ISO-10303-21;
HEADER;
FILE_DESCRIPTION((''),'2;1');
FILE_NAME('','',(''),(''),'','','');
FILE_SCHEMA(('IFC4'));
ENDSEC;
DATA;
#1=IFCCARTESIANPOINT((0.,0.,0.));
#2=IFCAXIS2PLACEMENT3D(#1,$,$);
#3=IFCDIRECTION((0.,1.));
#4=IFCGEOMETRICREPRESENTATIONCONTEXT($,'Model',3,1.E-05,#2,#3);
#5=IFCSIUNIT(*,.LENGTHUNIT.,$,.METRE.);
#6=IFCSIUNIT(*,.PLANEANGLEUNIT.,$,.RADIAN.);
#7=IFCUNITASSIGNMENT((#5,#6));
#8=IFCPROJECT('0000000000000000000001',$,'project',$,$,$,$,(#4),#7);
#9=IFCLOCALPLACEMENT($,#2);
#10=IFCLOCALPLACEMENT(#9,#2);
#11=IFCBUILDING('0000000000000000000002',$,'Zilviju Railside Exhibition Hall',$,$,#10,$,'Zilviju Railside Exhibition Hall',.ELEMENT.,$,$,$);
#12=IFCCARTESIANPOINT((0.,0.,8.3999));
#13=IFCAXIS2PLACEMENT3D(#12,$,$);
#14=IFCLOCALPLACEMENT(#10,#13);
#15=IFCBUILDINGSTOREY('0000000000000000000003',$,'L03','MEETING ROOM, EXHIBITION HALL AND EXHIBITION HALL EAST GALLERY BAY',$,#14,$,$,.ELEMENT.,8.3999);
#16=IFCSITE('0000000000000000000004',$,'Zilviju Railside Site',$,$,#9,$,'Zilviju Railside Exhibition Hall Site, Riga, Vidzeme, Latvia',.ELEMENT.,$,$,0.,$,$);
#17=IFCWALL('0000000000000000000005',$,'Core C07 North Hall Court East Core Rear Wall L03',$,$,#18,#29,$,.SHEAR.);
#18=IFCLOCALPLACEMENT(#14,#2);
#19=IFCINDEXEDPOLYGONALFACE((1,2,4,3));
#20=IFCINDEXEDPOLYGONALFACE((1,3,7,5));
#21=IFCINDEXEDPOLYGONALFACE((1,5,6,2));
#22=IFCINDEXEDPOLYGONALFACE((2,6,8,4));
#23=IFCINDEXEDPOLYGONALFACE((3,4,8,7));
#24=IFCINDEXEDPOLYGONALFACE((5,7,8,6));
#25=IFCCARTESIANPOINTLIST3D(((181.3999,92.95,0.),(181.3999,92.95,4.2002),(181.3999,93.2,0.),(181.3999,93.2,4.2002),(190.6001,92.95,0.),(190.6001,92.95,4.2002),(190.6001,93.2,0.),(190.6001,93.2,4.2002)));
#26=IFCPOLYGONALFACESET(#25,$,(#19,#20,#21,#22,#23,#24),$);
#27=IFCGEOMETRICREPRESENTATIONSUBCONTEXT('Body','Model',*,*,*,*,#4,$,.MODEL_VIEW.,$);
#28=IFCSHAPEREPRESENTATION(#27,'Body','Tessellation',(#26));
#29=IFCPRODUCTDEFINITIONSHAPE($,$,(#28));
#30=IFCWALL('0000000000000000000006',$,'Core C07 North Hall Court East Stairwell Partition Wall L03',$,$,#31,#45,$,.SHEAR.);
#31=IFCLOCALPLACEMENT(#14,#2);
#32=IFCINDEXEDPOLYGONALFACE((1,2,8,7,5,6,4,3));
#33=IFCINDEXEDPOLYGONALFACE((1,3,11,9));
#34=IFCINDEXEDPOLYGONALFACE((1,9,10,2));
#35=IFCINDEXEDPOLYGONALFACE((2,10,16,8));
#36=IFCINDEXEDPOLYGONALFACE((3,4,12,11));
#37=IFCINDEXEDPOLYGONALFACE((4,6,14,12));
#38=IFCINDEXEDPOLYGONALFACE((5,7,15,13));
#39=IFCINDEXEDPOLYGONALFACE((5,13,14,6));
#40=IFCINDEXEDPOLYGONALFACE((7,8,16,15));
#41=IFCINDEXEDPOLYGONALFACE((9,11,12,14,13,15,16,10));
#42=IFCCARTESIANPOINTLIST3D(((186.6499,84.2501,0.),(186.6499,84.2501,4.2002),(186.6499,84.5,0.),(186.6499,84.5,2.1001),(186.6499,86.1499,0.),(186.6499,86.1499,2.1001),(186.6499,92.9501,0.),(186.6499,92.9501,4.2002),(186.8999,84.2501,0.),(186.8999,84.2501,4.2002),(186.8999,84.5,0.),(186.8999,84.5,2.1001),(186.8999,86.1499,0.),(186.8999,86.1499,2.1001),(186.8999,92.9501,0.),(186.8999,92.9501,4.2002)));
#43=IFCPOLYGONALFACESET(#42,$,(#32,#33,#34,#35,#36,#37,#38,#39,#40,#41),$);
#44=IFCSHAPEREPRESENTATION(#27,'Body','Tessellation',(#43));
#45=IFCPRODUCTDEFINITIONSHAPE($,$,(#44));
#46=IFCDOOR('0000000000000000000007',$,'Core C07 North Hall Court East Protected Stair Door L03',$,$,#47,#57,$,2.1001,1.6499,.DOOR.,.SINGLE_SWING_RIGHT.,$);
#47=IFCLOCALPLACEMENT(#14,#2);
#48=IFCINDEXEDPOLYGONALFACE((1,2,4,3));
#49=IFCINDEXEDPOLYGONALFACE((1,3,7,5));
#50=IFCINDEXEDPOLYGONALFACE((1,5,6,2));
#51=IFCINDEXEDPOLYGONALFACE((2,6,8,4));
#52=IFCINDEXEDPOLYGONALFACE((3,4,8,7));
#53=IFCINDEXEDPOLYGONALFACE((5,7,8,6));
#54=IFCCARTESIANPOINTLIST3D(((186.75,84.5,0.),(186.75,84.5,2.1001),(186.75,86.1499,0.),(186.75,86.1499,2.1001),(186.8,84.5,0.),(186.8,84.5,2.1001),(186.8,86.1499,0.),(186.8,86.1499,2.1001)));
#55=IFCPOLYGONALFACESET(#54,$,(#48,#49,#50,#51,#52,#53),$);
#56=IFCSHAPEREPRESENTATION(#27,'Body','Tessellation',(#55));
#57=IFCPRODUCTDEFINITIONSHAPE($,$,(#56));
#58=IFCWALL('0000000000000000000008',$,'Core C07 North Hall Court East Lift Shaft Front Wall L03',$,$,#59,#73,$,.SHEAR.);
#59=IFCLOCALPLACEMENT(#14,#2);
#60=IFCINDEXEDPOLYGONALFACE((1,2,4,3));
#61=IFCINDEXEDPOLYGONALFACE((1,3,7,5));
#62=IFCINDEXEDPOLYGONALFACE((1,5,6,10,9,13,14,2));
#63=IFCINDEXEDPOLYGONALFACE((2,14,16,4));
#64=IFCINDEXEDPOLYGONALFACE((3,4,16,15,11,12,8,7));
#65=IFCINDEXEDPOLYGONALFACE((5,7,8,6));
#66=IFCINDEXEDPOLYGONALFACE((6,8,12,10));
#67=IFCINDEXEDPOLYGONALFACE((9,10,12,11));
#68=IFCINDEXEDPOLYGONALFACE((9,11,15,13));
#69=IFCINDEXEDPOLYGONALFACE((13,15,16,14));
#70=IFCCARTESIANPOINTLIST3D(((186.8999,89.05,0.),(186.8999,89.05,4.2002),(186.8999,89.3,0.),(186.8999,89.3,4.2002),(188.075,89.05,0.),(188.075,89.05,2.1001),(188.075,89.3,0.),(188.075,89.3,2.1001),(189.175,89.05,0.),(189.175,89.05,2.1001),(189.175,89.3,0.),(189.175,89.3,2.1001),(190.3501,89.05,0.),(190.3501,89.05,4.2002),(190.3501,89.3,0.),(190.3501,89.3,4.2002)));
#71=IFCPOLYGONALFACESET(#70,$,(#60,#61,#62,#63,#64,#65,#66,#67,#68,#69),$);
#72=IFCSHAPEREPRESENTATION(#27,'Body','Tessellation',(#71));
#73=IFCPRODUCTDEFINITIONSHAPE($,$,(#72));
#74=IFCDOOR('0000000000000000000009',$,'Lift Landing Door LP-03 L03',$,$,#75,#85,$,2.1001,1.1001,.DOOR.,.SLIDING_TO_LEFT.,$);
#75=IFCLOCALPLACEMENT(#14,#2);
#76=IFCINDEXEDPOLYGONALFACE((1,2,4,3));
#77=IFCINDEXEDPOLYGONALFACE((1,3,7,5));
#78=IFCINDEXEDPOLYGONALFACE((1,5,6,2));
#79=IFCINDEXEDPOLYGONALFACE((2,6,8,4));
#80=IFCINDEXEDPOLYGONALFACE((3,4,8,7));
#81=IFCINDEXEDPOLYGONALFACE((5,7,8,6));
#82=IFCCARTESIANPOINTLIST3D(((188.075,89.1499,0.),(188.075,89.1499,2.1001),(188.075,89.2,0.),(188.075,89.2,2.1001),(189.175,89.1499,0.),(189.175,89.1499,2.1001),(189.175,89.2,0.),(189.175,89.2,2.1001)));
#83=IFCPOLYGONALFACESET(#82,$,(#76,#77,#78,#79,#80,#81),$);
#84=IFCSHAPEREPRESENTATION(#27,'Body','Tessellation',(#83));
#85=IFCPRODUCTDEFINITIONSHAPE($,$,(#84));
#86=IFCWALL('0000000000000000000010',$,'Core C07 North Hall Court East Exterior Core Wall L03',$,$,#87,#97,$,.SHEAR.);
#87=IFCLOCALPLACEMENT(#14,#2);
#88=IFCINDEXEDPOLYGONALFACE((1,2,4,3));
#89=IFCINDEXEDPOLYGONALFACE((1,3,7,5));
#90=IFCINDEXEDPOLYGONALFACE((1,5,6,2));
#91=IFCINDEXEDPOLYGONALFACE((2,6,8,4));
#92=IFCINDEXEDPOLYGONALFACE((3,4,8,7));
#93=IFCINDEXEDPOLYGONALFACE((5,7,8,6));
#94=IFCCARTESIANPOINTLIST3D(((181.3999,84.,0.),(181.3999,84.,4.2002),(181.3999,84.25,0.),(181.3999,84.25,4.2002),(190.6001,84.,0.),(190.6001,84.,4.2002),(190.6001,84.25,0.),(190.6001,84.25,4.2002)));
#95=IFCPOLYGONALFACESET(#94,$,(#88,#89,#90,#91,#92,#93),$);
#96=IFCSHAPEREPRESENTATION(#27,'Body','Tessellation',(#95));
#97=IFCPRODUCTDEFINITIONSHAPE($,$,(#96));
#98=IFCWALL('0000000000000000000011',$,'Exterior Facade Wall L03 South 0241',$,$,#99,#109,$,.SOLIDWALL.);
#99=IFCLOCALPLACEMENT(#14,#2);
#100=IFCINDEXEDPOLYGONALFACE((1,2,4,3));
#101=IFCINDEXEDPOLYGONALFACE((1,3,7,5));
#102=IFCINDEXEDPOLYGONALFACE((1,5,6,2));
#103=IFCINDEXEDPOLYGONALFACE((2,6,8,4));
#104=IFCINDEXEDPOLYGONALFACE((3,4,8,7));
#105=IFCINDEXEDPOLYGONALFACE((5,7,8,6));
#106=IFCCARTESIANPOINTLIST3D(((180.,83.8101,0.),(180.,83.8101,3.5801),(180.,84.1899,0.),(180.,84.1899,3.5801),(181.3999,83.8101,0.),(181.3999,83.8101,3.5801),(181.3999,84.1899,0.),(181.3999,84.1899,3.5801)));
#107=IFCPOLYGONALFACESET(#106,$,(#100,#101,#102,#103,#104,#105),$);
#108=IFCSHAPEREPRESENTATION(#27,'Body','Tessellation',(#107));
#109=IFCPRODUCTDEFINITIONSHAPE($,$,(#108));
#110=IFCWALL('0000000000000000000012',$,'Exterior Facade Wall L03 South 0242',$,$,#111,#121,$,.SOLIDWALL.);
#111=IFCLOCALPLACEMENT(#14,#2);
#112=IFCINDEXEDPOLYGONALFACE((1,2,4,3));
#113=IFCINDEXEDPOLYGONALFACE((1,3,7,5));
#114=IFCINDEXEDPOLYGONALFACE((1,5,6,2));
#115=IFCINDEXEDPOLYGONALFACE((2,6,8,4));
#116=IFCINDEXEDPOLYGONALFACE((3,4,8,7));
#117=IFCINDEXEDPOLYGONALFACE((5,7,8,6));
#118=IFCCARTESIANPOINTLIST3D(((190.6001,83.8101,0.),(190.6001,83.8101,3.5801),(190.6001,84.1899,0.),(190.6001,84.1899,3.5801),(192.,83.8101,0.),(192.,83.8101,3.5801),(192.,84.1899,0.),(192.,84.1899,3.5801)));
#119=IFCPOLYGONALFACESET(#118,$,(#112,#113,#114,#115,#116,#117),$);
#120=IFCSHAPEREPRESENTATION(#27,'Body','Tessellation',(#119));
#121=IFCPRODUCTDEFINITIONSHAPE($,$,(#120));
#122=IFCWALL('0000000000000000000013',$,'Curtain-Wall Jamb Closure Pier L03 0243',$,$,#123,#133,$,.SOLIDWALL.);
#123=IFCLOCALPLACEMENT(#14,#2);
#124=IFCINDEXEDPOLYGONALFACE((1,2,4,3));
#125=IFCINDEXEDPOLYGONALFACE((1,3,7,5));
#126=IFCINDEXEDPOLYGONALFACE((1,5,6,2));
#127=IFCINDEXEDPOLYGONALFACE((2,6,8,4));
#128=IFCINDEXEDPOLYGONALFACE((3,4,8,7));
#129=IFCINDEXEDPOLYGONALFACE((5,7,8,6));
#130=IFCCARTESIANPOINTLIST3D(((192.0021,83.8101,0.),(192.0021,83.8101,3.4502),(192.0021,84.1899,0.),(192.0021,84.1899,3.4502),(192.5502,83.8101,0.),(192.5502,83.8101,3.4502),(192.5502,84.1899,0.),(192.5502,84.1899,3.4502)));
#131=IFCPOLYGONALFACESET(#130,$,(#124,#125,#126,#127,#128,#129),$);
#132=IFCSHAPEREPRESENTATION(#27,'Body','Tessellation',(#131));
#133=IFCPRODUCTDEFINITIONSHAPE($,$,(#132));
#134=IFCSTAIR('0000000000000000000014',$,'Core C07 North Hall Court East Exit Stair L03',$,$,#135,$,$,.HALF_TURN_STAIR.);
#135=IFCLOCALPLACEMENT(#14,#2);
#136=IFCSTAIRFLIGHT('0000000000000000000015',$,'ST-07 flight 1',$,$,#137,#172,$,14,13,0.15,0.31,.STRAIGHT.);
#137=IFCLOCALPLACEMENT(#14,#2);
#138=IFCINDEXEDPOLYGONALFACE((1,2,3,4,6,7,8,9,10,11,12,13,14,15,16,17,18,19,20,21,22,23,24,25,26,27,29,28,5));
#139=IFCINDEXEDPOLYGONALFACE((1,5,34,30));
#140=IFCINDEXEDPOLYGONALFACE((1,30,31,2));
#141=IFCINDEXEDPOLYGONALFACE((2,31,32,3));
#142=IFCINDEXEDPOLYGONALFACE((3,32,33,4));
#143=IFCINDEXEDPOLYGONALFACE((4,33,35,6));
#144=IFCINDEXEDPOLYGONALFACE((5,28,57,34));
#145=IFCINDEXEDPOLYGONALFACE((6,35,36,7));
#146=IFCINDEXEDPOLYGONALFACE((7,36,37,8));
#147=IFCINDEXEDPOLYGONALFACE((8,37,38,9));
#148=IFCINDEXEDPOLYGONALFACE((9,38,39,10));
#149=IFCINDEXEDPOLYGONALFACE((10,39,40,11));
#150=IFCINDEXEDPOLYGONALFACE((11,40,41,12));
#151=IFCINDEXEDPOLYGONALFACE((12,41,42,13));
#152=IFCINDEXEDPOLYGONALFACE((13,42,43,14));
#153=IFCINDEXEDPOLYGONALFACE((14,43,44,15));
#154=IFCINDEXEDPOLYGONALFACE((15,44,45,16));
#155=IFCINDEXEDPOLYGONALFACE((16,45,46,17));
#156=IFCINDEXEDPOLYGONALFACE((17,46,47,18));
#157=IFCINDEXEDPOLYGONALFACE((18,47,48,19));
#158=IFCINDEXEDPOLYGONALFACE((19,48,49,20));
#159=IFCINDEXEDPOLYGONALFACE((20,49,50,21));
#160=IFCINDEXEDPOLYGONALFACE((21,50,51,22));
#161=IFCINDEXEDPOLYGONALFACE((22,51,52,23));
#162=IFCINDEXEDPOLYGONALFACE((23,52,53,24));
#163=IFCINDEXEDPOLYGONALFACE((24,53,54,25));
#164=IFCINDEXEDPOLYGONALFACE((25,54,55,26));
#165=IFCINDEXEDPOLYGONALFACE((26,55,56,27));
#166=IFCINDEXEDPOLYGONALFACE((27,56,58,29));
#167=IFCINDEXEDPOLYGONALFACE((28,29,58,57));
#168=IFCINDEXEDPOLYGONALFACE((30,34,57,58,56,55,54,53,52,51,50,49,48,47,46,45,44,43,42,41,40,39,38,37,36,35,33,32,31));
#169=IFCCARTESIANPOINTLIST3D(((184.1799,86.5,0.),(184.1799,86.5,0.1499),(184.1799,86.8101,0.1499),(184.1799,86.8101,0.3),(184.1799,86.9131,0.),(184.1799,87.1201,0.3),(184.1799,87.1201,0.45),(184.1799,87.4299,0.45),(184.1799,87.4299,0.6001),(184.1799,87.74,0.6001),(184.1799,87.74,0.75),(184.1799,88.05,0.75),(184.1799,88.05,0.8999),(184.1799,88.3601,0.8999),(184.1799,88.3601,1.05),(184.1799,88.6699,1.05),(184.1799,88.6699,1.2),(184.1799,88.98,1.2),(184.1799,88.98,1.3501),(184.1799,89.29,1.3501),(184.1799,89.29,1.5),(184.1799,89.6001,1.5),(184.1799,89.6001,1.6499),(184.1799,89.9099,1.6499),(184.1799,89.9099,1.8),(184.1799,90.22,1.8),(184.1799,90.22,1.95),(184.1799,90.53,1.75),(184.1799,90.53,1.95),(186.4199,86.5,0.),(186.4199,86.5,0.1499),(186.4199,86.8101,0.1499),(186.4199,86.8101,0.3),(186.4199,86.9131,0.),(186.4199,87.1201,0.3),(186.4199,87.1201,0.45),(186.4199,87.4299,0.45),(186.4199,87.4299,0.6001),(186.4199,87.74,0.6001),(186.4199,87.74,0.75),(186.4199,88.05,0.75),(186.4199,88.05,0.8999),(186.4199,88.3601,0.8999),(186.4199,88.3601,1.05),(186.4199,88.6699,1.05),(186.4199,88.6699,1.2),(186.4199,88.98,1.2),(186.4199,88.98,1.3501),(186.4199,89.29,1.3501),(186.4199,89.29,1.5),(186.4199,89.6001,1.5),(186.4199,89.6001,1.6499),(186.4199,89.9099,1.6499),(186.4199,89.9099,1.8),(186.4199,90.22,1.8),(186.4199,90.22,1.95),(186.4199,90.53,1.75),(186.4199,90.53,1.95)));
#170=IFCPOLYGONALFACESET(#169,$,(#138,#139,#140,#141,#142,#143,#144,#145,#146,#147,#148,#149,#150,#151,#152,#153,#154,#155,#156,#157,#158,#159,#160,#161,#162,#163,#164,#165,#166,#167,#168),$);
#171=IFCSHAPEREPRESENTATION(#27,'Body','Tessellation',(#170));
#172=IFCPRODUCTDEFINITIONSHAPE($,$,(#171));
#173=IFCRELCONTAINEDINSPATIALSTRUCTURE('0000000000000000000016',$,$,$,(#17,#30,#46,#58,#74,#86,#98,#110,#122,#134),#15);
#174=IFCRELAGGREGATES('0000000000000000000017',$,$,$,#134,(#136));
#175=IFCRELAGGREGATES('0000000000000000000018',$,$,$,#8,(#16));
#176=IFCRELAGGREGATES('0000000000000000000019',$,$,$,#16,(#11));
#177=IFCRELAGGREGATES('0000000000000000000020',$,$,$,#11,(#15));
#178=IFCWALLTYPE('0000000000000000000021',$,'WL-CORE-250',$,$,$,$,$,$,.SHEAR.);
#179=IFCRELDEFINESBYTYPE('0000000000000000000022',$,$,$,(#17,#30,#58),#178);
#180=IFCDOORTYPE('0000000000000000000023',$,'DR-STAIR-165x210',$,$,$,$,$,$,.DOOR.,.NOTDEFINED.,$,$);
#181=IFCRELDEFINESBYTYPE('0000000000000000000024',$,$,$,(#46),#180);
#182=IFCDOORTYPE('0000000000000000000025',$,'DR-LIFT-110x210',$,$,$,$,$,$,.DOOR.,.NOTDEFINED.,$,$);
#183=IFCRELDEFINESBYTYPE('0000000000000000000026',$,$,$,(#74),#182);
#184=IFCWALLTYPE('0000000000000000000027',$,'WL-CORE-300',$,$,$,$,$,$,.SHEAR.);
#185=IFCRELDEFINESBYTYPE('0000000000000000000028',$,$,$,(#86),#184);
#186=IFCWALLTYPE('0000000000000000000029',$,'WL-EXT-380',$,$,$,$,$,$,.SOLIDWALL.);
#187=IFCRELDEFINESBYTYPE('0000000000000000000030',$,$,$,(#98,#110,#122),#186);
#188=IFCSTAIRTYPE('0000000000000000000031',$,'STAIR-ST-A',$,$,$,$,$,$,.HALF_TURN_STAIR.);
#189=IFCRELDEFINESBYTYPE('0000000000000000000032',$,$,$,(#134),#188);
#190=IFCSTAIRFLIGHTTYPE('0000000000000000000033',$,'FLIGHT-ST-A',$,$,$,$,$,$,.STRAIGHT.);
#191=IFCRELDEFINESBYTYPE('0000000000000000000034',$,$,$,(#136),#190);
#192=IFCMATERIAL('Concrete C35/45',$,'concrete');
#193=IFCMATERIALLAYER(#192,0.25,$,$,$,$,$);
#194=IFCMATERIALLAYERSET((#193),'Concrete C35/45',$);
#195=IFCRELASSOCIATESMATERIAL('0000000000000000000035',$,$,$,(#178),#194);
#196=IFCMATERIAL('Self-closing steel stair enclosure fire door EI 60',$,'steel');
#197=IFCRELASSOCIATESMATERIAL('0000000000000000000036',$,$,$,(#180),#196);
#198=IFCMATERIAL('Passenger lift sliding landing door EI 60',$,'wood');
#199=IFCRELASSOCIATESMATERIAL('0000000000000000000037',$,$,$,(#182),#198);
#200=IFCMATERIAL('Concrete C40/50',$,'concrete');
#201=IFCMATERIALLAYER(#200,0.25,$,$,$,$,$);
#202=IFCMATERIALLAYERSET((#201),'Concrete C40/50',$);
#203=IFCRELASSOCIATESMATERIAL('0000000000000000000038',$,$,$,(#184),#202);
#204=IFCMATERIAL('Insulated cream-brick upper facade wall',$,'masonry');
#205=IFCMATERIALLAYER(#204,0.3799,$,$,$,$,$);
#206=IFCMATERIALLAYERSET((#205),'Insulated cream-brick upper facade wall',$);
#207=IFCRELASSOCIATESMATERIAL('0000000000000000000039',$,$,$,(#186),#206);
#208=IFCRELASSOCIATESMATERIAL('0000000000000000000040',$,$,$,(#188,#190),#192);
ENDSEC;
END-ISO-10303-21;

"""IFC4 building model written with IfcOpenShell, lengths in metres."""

from ifc_helpers import new_model, si_unit, direction, frame, frame_2d, origin, place, context, subcontext, project, spatial, polyline, rectangle, outline, extrude, material, layer, layer_set, type_object, element, fill, aggregate, save


model = new_model("IFC4")

# Units and contexts
model_context = context("Model", 3, precision=1e-05, world=origin(), true_north=direction((0.0, 1.0)))
body_context = subcontext(model_context, "Body", "Model", "MODEL_VIEW")
ifc_project = project(units=[si_unit("LENGTHUNIT", "METRE"), si_unit("PLANEANGLEUNIT", "RADIAN")], contexts=[model_context])

# Site, building, storey
site_placement = place(None, origin())
site = spatial("IfcSite", under=ifc_project, at=site_placement, Name="Zilviju Railside Site", LongName="Zilviju Railside Exhibition Hall Site, Riga, Vidzeme, Latvia", CompositionType="ELEMENT", RefElevation=0.0)
building_placement = place(site_placement, origin())
building = spatial("IfcBuilding", under=site, at=building_placement, Name="Zilviju Railside Exhibition Hall", LongName="Zilviju Railside Exhibition Hall", CompositionType="ELEMENT")
storey_placement = place(building_placement, frame((0.0, 0.0, 8.3999)))
storey = spatial("IfcBuildingStorey", under=building, at=storey_placement, Name="L03", Description="MEETING ROOM, EXHIBITION HALL AND EXHIBITION HALL EAST GALLERY BAY", CompositionType="ELEMENT", Elevation=8.3999)

# Shared definitions
ifc_material_1 = material(Name="Concrete C40/50", Category="concrete")

# Wall
ifc_material_2 = material(Name="Concrete C35/45", Category="concrete")
ifc_layer_1 = layer(ifc_material_2, 0.25)
ifc_layer_set_1 = layer_set([ifc_layer_1], Name="Concrete C35/45")
wall_type_1 = type_object("IfcWallType", Name="WL-CORE-250", PredefinedType="SHEAR", material=ifc_layer_set_1)
wall_1_placement = place(storey_placement, frame((181.3999, 93.075, 0.0), z_axis=(0.0, 0.0, 1.0), x_axis=(1.0, 0.0, 0.0)))
element("IfcWall", 1, at=wall_1_placement, inside=storey, type_object=wall_type_1, Name="Core C07 North Hall Court East Core Rear Wall L03", PredefinedType="SHEAR", context=body_context, shape_type="SweptSolid", body=[
    extrude(rectangle(XDim=9.2002, YDim=0.25, at=frame_2d((4.6001, 0.0))), origin(), (0.0, 0.0, 1.0), 4.2002),
])

# Walls, openings, doors
wall_2_placement = place(storey_placement, frame((186.7749, 84.25, 0.0), z_axis=(0.0, 0.0, 1.0), x_axis=(0.0, 1.0, 0.0)))
wall_2 = element("IfcWall", 2, at=wall_2_placement, inside=storey, type_object=wall_type_1, Name="Core C07 North Hall Court East Stairwell Partition Wall L03", PredefinedType="SHEAR", context=body_context, shape_type="SweptSolid", body=[
    extrude(rectangle(XDim=8.7, YDim=0.25, at=frame_2d((4.3501, 0.0))), origin(), (0.0, 0.0, 1.0), 4.2002),
])
opening_1_placement = place(wall_2_placement, frame((0.25, 0.0, 0.0)))
opening_1 = element("IfcOpeningElement", 3, at=opening_1_placement, cuts=wall_2, PredefinedType="OPENING", context=body_context, shape_type="SweptSolid", body=[
    extrude(rectangle(XDim=1.6499, YDim=2.1001, at=frame_2d((0.825, 1.05))), frame((0.0, 0.135, 0.0), z_axis=(0.0, -1.0, 0.0), x_axis=(1.0, 0.0, 0.0)), (0.0, 0.0, 1.0), 0.27),
])
ifc_material_3 = material(Name="Self-closing steel stair enclosure fire door EI 60", Category="steel")
door_type_1 = type_object("IfcDoorType", Name="DR-STAIR-165x210", OperationType="NOTDEFINED", PredefinedType="DOOR", material=ifc_material_3)
door_1_placement = place(opening_1_placement, origin())
door_1 = element("IfcDoor", 4, at=door_1_placement, inside=storey, type_object=door_type_1, Name="Core C07 North Hall Court East Protected Stair Door L03", OperationType="SINGLE_SWING_RIGHT", OverallHeight=2.1001, OverallWidth=1.6499, PredefinedType="DOOR", context=body_context, shape_type="SweptSolid", body=[
    extrude(rectangle(XDim=1.6499, YDim=2.1001, at=frame_2d((0.825, 1.05))), frame((0.0, 0.0249, 0.0), z_axis=(0.0, -1.0, 0.0), x_axis=(1.0, 0.0, 0.0)), (0.0, 0.0, 1.0), 0.05),
])
fill(opening_1, door_1)
wall_3_placement = place(storey_placement, frame((186.8999, 89.175, 0.0), z_axis=(0.0, 0.0, 1.0), x_axis=(1.0, 0.0, 0.0)))
wall_3 = element("IfcWall", 5, at=wall_3_placement, inside=storey, type_object=wall_type_1, Name="Core C07 North Hall Court East Lift Shaft Front Wall L03", PredefinedType="SHEAR", context=body_context, shape_type="SweptSolid", body=[
    extrude(rectangle(XDim=3.4502, YDim=0.25, at=frame_2d((1.7251, 0.0))), origin(), (0.0, 0.0, 1.0), 4.2002),
])
opening_2_placement = place(wall_3_placement, frame((1.175, 0.0, 0.0)))
opening_2 = element("IfcOpeningElement", 6, at=opening_2_placement, cuts=wall_3, PredefinedType="OPENING", context=body_context, shape_type="SweptSolid", body=[
    extrude(rectangle(XDim=1.1001, YDim=2.1001, at=frame_2d((0.55, 1.05))), frame((0.0, 0.135, 0.0), z_axis=(0.0, -1.0, 0.0), x_axis=(1.0, 0.0, 0.0)), (0.0, 0.0, 1.0), 0.27),
])
ifc_material_4 = material(Name="Passenger lift sliding landing door EI 60", Category="wood")
door_type_2 = type_object("IfcDoorType", Name="DR-LIFT-110x210", OperationType="NOTDEFINED", PredefinedType="DOOR", material=ifc_material_4)
door_2_placement = place(opening_2_placement, origin())
door_2 = element("IfcDoor", 7, at=door_2_placement, inside=storey, type_object=door_type_2, Name="Lift Landing Door LP-03 L03", OperationType="SLIDING_TO_LEFT", OverallHeight=2.1001, OverallWidth=1.1001, PredefinedType="DOOR", context=body_context, shape_type="SweptSolid", body=[
    extrude(rectangle(XDim=1.1001, YDim=2.1001, at=frame_2d((0.55, 1.05))), frame((0.0, 0.0249, 0.0), z_axis=(0.0, -1.0, 0.0), x_axis=(1.0, 0.0, 0.0)), (0.0, 0.0, 1.0), 0.05),
])
fill(opening_2, door_2)

# Walls
ifc_layer_2 = layer(ifc_material_1, 0.25)
ifc_layer_set_2 = layer_set([ifc_layer_2], Name="Concrete C40/50")
wall_type_2 = type_object("IfcWallType", Name="WL-CORE-300", PredefinedType="SHEAR", material=ifc_layer_set_2)
wall_4_placement = place(storey_placement, frame((190.6001, 84.125, 0.0), z_axis=(0.0, 0.0, 1.0), x_axis=(-1.0, 0.0, 0.0)))
element("IfcWall", 8, at=wall_4_placement, inside=storey, type_object=wall_type_2, Name="Core C07 North Hall Court East Exterior Core Wall L03", PredefinedType="SHEAR", context=body_context, shape_type="SweptSolid", body=[
    extrude(rectangle(XDim=9.2002, YDim=0.25, at=frame_2d((4.6001, 0.0))), origin(), (0.0, 0.0, 1.0), 4.2002),
])
ifc_material_5 = material(Name="Insulated cream-brick upper facade wall", Category="masonry")
ifc_layer_3 = layer(ifc_material_5, 0.3799)
ifc_layer_set_3 = layer_set([ifc_layer_3], Name="Insulated cream-brick upper facade wall")
wall_type_3 = type_object("IfcWallType", Name="WL-EXT-380", PredefinedType="SOLIDWALL", material=ifc_layer_set_3)
for number, where, z_axis, x_axis, name in (
    (9, (181.3999, 84.0, 0.0), (0.0, 0.0, 1.0), (-1.0, 0.0, 0.0), "Exterior Facade Wall L03 South 0241"),
    (10, (192.0, 84.0, 0.0), (0.0, 0.0, 1.0), (-1.0, 0.0, 0.0), "Exterior Facade Wall L03 South 0242"),
):
    element("IfcWall", number, at=place(storey_placement, frame(where, z_axis=z_axis, x_axis=x_axis)), inside=storey, type_object=wall_type_3, Name=name, PredefinedType="SOLIDWALL", context=body_context, shape_type="SweptSolid", body=[
        extrude(rectangle(XDim=1.3999, YDim=0.3799, at=frame_2d((0.7, 0.0))), origin(), (0.0, 0.0, 1.0), 3.5801),
    ])
wall_5_placement = place(storey_placement, frame((192.55, 84.0, 0.0), z_axis=(0.0, 0.0, 1.0), x_axis=(-1.0, 0.0, 0.0)))
element("IfcWall", 11, at=wall_5_placement, inside=storey, type_object=wall_type_3, Name="Curtain-Wall Jamb Closure Pier L03 0243", PredefinedType="SOLIDWALL", context=body_context, shape_type="SweptSolid", body=[
    extrude(rectangle(XDim=0.5481, YDim=0.3799, at=frame_2d((0.2739, 0.0))), origin(), (0.0, 0.0, 1.0), 3.4502),
])

# Stair, stair flight
stair_type = type_object("IfcStairType", Name="STAIR-ST-A", PredefinedType="HALF_TURN_STAIR", material=ifc_material_2)
stair_placement = place(storey_placement, origin())
stair = element("IfcStair", 12, at=stair_placement, inside=storey, type_object=stair_type, Name="Core C07 North Hall Court East Exit Stair L03", PredefinedType="HALF_TURN_STAIR")
stair_flight_type = type_object("IfcStairFlightType", Name="FLIGHT-ST-A", PredefinedType="STRAIGHT", material=ifc_material_2)
stair_flight_1_placement = place(storey_placement, frame((185.3, 86.5, 0.0), z_axis=(0.0, 0.0, 1.0), x_axis=(0.0, 1.0, 0.0)))
stair_flight_1 = element("IfcStairFlight", 13, at=stair_flight_1_placement, type_object=stair_flight_type, Name="ST-07 flight 1", NumberOfRisers=14, NumberOfTreads=13, PredefinedType="STRAIGHT", RiserHeight=0.15, TreadLength=0.31, context=body_context, shape_type="SweptSolid", body=[
    extrude(outline(polyline([(0.0, 0.0), (0.0, 0.1499), (0.3101, 0.1499), (0.3101, 0.3), (0.6201, 0.3), (0.6201, 0.45), (0.9299, 0.45), (0.9299, 0.6001), (1.24, 0.6001), (1.24, 0.75), (1.55, 0.75), (1.55, 0.8999), (1.8601, 0.8999), (1.8601, 1.05), (2.1699, 1.05), (2.1699, 1.2), (2.48, 1.2), (2.48, 1.3501), (2.79, 1.3501), (2.79, 1.5), (3.1001, 1.5), (3.1001, 1.6499), (3.4099, 1.6499), (3.4099, 1.8), (3.72, 1.8), (3.72, 1.95), (4.03, 1.95), (4.03, 2.1001), (4.03, 1.75), (0.4131, 0.0), (0.0, 0.0)])), frame((0.0, 1.1201, 0.0), z_axis=(0.0, -1.0, 0.0), x_axis=(1.0, 0.0, 0.0)), (0.0, 0.0, 1.0), 2.24),
])
aggregate(stair, [stair_flight_1])

save(model, "model.ifc")
